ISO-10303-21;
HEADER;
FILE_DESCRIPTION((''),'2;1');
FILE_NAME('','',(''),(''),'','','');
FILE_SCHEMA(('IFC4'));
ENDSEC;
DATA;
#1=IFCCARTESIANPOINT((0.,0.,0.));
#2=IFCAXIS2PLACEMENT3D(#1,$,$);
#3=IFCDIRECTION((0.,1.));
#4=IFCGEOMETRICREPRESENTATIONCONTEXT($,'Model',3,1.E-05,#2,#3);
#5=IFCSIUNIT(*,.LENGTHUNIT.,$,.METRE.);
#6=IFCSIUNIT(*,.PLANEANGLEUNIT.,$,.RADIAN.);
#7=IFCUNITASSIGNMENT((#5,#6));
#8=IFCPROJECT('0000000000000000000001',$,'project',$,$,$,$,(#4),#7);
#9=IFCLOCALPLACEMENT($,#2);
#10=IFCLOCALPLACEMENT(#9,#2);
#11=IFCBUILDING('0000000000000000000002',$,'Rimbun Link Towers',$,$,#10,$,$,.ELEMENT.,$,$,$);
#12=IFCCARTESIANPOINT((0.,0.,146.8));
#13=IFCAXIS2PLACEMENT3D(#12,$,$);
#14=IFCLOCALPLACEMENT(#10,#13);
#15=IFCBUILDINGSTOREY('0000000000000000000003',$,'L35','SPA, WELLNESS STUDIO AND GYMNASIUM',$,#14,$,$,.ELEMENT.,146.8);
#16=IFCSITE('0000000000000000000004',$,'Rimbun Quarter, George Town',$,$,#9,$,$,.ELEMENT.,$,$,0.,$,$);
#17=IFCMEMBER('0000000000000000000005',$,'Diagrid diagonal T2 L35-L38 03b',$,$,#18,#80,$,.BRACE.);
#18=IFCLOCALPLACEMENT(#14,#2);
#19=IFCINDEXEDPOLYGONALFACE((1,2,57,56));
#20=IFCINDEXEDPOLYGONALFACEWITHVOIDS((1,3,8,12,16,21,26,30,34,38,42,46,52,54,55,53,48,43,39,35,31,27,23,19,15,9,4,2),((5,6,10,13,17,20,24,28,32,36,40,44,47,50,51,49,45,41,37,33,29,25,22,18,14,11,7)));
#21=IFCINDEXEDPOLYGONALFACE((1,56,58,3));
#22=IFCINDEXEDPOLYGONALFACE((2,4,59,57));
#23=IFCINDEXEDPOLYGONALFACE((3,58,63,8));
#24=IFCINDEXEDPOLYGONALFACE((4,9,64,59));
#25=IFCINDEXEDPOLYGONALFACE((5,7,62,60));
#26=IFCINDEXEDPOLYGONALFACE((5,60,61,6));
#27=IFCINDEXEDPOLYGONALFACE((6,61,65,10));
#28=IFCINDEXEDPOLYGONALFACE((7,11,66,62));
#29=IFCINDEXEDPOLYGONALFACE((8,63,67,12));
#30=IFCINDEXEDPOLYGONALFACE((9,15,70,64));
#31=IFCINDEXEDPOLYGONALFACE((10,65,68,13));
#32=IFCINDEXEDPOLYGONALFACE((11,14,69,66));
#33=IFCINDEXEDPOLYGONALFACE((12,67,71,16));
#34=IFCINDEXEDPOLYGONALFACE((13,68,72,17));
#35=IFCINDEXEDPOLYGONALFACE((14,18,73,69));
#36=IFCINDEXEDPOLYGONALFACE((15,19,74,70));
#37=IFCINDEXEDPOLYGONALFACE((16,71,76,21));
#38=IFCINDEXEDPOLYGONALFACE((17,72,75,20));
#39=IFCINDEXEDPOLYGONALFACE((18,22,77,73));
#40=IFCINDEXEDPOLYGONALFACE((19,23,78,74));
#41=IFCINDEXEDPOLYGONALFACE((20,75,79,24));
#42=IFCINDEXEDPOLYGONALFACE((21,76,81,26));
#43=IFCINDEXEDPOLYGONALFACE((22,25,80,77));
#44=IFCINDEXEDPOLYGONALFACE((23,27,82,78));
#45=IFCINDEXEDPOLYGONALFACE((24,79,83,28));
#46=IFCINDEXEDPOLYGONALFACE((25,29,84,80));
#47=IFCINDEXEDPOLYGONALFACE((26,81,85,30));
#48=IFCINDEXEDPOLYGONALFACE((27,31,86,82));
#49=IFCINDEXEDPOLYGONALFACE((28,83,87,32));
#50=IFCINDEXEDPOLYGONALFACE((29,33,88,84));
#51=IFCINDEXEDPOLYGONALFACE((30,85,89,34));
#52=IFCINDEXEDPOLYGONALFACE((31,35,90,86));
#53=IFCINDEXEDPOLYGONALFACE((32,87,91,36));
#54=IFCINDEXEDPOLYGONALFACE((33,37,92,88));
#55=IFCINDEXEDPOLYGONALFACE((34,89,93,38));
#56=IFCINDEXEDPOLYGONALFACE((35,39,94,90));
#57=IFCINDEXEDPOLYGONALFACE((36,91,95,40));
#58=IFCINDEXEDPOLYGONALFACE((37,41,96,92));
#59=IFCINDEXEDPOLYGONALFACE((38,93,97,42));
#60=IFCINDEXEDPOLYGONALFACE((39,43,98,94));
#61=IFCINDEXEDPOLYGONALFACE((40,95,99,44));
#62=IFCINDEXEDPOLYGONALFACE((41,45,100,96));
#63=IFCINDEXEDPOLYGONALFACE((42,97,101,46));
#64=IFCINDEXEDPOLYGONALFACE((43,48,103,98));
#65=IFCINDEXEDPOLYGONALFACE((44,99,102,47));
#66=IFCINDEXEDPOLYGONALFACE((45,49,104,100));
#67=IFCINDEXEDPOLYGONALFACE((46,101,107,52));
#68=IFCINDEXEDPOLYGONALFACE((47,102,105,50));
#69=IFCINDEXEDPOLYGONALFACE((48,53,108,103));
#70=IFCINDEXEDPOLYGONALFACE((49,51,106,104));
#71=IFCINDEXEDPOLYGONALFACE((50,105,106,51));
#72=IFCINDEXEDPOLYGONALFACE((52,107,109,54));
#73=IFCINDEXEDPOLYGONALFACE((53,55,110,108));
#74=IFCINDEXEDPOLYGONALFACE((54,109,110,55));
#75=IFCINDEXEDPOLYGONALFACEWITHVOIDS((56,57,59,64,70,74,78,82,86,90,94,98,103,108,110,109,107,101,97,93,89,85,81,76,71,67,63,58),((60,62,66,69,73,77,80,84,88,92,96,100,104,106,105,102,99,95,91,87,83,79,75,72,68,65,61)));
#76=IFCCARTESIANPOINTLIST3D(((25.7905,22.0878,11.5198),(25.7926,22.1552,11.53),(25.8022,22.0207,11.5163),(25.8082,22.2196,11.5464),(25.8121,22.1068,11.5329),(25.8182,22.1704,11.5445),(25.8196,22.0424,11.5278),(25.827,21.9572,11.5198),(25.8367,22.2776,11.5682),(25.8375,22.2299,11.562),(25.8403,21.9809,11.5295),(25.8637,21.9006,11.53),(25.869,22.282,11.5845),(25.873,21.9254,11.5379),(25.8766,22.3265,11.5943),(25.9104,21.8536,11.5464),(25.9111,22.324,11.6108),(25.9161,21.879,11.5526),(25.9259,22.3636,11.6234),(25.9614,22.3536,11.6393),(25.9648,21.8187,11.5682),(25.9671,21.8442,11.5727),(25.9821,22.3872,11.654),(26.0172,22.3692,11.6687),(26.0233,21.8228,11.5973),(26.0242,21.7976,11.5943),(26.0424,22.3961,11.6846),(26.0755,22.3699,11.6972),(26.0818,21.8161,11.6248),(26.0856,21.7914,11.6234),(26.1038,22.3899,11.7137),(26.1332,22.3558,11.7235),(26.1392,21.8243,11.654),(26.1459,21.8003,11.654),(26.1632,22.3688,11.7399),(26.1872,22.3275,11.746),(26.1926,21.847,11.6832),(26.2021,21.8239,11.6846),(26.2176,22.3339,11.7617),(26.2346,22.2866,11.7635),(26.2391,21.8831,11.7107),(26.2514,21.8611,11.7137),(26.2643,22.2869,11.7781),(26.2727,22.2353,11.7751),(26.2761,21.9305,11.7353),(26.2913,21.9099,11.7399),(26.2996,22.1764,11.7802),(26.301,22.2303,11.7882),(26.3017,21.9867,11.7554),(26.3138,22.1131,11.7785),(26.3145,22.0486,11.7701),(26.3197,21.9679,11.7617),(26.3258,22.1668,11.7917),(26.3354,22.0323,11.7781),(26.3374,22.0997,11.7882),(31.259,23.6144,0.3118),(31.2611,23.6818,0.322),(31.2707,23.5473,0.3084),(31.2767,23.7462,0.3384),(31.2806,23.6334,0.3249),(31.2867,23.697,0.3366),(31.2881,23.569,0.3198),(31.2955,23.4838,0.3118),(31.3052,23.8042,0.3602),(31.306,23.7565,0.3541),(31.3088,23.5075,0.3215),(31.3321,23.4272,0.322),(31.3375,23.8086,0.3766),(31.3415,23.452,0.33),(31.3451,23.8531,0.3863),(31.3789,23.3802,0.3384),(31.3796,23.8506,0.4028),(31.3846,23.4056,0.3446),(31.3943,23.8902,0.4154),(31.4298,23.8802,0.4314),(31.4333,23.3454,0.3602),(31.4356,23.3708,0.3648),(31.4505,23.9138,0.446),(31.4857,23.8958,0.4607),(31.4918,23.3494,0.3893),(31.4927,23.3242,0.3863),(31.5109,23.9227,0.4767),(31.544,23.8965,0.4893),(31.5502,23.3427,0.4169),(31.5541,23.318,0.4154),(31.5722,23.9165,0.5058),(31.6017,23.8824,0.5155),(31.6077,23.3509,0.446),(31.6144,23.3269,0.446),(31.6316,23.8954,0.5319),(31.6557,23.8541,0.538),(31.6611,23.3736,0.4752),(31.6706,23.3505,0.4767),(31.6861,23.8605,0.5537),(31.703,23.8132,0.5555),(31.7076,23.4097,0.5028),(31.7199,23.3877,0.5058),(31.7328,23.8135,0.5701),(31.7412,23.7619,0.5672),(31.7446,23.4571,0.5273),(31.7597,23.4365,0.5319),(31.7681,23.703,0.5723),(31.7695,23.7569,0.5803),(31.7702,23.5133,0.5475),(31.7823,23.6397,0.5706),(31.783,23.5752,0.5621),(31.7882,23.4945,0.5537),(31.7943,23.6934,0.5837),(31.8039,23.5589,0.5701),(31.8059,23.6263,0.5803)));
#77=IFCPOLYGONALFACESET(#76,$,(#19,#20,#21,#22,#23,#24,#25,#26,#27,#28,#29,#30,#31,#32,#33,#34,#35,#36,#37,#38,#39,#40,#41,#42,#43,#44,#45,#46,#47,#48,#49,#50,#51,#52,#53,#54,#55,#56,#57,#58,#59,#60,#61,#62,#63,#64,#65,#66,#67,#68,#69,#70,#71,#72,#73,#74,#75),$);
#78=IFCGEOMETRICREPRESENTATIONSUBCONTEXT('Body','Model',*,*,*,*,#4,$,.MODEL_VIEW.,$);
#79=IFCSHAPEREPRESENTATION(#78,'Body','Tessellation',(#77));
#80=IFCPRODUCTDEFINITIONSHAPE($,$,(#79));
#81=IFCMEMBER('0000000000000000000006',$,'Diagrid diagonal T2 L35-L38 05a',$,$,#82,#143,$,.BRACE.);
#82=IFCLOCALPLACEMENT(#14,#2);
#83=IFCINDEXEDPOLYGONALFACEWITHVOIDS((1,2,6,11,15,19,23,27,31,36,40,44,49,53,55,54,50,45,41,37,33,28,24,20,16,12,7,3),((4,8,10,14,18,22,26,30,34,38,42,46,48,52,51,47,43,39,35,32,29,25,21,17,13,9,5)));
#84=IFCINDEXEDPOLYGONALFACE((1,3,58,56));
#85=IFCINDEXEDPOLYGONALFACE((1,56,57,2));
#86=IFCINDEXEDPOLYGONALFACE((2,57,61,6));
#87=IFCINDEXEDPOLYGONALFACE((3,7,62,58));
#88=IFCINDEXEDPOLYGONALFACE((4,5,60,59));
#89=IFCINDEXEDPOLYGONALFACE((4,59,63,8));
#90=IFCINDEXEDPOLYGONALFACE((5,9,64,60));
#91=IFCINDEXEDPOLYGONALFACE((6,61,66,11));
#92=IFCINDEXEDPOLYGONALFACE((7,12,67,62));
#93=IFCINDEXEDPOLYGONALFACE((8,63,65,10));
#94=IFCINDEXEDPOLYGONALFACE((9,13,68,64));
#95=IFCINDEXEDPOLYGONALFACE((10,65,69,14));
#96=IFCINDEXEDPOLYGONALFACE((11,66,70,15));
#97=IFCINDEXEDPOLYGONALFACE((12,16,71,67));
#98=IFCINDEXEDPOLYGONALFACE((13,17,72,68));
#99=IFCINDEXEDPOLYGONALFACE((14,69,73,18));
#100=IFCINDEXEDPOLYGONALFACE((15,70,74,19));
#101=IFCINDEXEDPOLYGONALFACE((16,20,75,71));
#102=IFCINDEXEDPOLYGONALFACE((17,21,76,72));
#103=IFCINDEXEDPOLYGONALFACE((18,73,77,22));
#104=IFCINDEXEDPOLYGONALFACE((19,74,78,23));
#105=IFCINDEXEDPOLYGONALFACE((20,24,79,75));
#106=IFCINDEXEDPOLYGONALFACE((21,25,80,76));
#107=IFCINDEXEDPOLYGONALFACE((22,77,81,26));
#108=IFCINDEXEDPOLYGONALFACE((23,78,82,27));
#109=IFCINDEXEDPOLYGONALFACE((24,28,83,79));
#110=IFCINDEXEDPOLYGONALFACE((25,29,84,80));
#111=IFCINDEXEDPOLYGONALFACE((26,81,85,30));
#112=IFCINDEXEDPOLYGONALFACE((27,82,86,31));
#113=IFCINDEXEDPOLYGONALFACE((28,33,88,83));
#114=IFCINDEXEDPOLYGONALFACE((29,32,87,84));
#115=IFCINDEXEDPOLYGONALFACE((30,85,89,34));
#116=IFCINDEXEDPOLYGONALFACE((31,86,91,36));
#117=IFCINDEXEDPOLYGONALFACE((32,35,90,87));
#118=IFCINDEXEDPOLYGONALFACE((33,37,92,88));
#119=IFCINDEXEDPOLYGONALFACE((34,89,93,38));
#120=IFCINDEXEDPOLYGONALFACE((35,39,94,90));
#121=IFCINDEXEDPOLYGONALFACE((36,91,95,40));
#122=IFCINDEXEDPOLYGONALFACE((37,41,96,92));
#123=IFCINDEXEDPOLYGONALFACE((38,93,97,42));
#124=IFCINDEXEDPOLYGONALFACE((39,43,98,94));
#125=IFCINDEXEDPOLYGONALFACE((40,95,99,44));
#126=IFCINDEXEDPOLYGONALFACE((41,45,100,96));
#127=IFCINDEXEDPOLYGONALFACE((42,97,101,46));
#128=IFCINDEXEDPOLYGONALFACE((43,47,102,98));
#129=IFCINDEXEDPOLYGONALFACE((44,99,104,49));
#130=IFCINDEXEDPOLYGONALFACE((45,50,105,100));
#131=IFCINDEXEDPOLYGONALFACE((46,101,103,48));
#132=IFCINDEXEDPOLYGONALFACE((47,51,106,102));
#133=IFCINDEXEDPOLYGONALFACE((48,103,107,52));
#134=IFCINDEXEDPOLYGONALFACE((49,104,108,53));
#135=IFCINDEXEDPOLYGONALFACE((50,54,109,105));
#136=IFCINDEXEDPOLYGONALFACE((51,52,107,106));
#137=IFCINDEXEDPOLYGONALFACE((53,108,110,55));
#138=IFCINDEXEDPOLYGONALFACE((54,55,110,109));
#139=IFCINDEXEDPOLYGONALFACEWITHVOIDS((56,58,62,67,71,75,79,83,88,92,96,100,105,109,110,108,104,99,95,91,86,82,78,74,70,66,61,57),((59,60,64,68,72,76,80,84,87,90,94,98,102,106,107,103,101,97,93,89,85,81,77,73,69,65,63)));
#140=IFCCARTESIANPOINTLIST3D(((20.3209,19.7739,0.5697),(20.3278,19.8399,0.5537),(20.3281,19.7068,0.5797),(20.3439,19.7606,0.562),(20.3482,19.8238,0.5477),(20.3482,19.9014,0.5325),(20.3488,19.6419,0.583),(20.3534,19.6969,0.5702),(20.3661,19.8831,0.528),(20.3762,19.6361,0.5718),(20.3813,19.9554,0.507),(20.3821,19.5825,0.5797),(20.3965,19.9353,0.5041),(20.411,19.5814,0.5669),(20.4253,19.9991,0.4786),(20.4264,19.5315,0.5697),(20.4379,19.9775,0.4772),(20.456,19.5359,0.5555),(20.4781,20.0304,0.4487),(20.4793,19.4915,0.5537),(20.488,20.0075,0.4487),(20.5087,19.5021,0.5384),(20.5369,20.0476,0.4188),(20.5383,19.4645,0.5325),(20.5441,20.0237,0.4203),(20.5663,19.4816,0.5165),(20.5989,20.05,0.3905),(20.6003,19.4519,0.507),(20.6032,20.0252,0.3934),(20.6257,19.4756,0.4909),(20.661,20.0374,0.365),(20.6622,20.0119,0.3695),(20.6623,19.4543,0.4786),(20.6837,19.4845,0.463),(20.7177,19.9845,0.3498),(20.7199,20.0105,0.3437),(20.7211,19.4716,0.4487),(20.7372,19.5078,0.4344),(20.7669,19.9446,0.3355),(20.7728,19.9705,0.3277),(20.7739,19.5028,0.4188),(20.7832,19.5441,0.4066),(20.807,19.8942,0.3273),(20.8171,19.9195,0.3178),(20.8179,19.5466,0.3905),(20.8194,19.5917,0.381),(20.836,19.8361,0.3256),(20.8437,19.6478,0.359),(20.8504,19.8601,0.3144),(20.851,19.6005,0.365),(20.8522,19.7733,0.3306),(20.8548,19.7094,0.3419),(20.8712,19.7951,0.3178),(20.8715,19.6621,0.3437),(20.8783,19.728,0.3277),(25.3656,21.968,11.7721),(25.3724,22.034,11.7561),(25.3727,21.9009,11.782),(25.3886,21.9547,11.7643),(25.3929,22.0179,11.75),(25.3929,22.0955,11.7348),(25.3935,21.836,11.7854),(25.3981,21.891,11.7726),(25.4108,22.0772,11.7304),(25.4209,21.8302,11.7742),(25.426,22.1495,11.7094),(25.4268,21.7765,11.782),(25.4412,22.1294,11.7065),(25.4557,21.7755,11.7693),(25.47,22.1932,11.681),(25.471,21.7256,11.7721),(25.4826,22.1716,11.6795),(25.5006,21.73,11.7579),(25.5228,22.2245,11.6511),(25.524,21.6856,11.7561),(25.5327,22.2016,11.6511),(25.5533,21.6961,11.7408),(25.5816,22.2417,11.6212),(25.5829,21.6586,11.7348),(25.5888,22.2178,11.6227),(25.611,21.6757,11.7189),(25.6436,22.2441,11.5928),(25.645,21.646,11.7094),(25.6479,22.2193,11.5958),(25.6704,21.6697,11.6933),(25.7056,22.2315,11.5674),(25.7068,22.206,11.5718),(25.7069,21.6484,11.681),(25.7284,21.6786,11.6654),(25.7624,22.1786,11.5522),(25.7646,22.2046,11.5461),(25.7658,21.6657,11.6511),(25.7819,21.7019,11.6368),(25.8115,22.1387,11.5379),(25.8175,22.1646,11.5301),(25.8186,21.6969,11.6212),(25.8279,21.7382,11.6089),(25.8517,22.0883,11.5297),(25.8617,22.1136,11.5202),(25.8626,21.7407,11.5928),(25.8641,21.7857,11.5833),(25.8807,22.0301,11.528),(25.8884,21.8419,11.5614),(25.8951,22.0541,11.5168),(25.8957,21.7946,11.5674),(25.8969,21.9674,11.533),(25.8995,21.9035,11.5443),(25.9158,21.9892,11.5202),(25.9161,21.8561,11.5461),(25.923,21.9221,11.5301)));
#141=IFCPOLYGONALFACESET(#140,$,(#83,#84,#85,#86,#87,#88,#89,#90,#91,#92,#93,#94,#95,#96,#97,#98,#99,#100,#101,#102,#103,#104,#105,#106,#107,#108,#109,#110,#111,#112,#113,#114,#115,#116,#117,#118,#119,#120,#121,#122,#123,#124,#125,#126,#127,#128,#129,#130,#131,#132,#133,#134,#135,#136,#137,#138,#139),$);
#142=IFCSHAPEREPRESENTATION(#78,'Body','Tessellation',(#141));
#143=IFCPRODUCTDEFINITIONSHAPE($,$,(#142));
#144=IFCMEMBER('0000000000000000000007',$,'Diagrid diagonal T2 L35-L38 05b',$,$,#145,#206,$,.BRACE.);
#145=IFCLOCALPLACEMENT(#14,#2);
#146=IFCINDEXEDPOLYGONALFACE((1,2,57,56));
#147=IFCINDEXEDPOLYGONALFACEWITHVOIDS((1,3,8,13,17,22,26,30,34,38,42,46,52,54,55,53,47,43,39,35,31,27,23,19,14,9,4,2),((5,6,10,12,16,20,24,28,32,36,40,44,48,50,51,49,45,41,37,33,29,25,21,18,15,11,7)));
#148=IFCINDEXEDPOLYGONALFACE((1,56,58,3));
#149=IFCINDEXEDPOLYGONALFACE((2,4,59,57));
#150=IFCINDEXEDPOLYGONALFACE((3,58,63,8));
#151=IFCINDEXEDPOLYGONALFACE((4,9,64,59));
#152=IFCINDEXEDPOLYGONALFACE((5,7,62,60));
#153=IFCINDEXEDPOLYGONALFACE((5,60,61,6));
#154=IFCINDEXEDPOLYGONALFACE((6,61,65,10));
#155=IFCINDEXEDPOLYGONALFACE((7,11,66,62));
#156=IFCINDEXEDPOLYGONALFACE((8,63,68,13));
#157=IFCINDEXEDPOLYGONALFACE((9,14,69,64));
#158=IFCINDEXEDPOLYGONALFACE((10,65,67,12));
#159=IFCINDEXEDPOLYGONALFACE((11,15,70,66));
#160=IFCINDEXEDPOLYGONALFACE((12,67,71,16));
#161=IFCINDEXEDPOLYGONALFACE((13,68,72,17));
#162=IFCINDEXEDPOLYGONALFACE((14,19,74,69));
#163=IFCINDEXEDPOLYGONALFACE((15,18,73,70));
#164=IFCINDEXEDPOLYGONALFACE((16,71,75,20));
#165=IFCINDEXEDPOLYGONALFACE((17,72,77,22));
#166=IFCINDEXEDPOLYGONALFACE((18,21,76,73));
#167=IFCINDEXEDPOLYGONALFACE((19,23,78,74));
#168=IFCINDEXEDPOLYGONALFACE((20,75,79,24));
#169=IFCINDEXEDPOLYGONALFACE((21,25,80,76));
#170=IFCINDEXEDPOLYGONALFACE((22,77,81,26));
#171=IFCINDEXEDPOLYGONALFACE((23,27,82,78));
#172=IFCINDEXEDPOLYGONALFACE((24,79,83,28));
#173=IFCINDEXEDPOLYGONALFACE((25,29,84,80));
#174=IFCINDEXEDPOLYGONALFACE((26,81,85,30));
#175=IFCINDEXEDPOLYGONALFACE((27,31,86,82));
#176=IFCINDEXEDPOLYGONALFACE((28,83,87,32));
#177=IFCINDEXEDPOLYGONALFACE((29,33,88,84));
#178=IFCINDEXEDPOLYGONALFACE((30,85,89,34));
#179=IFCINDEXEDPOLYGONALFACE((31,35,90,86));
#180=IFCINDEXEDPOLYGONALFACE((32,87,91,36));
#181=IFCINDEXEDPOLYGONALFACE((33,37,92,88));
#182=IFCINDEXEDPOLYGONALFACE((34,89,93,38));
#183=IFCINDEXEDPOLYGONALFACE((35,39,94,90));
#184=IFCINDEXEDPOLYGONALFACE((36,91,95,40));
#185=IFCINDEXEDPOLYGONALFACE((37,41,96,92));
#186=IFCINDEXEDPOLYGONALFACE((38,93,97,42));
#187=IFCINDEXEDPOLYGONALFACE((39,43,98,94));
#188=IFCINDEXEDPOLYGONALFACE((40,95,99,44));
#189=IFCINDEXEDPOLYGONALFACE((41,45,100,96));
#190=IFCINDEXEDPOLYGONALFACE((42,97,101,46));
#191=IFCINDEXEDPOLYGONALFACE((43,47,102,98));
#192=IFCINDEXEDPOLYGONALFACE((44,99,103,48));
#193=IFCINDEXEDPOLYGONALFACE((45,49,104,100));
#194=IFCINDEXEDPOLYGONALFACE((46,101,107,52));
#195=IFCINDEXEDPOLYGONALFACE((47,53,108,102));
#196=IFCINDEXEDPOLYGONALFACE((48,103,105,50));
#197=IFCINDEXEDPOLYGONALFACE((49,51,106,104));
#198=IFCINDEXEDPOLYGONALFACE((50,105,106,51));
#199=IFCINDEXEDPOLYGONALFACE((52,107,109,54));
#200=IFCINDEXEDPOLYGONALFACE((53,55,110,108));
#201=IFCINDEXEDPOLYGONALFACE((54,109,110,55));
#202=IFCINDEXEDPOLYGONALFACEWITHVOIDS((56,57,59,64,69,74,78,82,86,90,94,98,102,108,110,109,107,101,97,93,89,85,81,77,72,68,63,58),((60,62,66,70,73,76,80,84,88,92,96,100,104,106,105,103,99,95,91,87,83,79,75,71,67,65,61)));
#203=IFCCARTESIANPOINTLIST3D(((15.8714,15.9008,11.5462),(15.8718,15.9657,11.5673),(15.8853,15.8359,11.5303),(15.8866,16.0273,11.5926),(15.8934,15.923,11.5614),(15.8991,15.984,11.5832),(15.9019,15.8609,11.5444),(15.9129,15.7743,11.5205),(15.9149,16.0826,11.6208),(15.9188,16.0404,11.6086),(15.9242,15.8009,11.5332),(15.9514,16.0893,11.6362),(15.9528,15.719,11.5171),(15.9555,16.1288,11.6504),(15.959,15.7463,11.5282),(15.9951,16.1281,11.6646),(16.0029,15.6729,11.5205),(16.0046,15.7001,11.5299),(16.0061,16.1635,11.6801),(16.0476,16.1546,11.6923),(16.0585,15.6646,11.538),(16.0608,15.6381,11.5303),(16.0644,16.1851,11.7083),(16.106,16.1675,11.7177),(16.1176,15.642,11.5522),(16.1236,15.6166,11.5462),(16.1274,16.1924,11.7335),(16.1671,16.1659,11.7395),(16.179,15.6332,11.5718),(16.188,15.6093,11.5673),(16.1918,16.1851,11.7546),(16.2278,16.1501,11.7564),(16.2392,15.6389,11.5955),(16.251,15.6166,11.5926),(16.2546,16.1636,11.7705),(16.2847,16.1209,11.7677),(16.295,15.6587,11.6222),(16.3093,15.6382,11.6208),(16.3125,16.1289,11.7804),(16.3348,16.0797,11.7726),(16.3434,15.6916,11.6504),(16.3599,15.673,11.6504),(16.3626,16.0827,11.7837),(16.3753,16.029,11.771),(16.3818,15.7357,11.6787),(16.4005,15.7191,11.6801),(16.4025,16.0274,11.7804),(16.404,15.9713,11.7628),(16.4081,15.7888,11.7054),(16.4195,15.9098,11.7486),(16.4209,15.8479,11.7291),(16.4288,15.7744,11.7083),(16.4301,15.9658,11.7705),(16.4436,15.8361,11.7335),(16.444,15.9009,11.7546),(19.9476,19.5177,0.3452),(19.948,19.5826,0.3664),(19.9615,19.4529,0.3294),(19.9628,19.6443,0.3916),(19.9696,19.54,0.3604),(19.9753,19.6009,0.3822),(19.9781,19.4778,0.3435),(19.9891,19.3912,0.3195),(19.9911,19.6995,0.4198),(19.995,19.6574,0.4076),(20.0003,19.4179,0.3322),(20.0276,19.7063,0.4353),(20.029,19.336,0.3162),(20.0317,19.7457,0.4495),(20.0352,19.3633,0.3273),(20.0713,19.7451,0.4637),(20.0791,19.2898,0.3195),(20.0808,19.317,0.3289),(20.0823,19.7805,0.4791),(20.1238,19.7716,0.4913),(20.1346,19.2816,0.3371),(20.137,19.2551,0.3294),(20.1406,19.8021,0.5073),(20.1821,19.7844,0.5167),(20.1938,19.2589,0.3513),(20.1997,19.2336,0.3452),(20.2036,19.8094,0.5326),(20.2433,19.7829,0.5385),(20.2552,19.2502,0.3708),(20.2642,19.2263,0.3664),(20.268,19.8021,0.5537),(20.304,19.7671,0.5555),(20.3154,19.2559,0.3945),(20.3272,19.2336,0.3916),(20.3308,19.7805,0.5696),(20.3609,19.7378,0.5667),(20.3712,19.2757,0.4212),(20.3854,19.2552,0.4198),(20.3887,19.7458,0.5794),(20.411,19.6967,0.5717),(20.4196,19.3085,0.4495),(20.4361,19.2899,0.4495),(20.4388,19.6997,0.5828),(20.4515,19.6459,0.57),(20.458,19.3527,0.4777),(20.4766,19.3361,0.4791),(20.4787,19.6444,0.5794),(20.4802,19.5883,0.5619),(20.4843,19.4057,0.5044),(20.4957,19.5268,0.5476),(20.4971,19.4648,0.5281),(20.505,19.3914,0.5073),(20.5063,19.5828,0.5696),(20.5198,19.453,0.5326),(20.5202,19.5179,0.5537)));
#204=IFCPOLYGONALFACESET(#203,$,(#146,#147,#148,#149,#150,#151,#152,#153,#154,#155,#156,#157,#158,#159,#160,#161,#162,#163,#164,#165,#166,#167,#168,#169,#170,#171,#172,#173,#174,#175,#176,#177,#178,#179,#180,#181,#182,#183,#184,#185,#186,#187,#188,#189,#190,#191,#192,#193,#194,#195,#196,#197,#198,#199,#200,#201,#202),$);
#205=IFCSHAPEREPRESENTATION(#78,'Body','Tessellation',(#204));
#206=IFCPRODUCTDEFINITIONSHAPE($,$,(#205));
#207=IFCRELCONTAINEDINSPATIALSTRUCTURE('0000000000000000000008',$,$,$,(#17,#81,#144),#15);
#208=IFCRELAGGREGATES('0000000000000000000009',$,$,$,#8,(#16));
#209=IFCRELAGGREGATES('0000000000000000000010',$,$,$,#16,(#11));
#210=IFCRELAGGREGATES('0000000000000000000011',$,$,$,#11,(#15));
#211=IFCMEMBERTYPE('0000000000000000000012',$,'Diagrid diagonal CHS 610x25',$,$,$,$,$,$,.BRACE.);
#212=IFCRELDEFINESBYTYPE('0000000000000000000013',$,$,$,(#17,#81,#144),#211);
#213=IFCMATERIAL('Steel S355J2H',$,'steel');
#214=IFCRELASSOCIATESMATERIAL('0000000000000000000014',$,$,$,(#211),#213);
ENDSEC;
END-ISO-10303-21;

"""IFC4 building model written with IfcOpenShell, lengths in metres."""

from ifc_helpers import new_model, si_unit, direction, frame, origin, origin_2d, place, context, subcontext, project, spatial, hollow_circle, extrude, material, material_profile, profile_set, type_object, element, save


model = new_model("IFC4")

# Units and contexts
model_context = context("Model", 3, precision=1e-05, world=origin(), true_north=direction((0.0, 1.0)))
body_context = subcontext(model_context, "Body", "Model", "MODEL_VIEW")
ifc_project = project(units=[si_unit("LENGTHUNIT", "METRE"), si_unit("PLANEANGLEUNIT", "RADIAN")], contexts=[model_context])

# Site, building, storey
site_placement = place(None, origin())
site = spatial("IfcSite", under=ifc_project, at=site_placement, Name="Rimbun Quarter, George Town", CompositionType="ELEMENT", RefElevation=0.0)
building_placement = place(site_placement, origin())
building = spatial("IfcBuilding", under=site, at=building_placement, Name="Rimbun Link Towers", CompositionType="ELEMENT")
storey_placement = place(building_placement, frame((0.0, 0.0, 146.8)))
storey = spatial("IfcBuildingStorey", under=building, at=storey_placement, Name="L35", Description="SPA, WELLNESS STUDIO AND GYMNASIUM", CompositionType="ELEMENT", Elevation=146.8)

# Members
ifc_material_1 = material(Name="Steel S355J2H", Category="steel")
ifc_material_profile_1 = material_profile(ifc_material_1, hollow_circle(Radius=0.3047, WallThickness=0.0249, at=origin_2d()), Name="Diagrid diagonal CHS 610x25")
ifc_profile_set_1 = profile_set([ifc_material_profile_1], Name="Steel S355J2H")
member_type_1 = type_object("IfcMemberType", Name="Diagrid diagonal CHS 610x25", PredefinedType="BRACE", material=ifc_profile_set_1)
member_1_placement = place(storey_placement, frame((31.5325, 23.6204, 0.446), z_axis=(-0.435251, -0.121507, 0.892072), x_axis=(0.268883, -0.963173, 0.0)))
element("IfcMember", 1, at=member_1_placement, inside=storey, type_object=member_type_1, Name="Diagrid diagonal T2 L35-L38 03b", PredefinedType="BRACE", context=body_context, shape_type="SweptSolid", body=[
    extrude(hollow_circle(Radius=0.3047, WallThickness=0.0249, at=origin_2d()), origin(), (0.0, 0.0, 1.0), 12.564),
])
member_2_placement = place(storey_placement, frame((20.5996, 19.751, 0.4487), z_axis=(0.404213, 0.175805, 0.89761), x_axis=(-0.398841, 0.91702, 0.0)))
element("IfcMember", 2, at=member_2_placement, inside=storey, type_object=member_type_1, Name="Diagrid diagonal T2 L35-L38 05a", PredefinedType="BRACE", context=body_context, shape_type="SweptSolid", body=[
    extrude(hollow_circle(Radius=0.3047, WallThickness=0.0249, at=origin_2d()), origin(), (0.0, 0.0, 1.0), 12.4802),
])
member_3_placement = place(storey_placement, frame((20.2339, 19.5178, 0.4495), z_axis=(-0.327239, -0.290372, 0.899221), x_axis=(0.663716, -0.747985, 0.0)))
element("IfcMember", 3, at=member_3_placement, inside=storey, type_object=member_type_1, Name="Diagrid diagonal T2 L35-L38 05b", PredefinedType="BRACE", context=body_context, shape_type="SweptSolid", body=[
    extrude(hollow_circle(Radius=0.3047, WallThickness=0.0249, at=origin_2d()), origin(), (0.0, 0.0, 1.0), 12.4563),
])

save(model, "model.ifc")
